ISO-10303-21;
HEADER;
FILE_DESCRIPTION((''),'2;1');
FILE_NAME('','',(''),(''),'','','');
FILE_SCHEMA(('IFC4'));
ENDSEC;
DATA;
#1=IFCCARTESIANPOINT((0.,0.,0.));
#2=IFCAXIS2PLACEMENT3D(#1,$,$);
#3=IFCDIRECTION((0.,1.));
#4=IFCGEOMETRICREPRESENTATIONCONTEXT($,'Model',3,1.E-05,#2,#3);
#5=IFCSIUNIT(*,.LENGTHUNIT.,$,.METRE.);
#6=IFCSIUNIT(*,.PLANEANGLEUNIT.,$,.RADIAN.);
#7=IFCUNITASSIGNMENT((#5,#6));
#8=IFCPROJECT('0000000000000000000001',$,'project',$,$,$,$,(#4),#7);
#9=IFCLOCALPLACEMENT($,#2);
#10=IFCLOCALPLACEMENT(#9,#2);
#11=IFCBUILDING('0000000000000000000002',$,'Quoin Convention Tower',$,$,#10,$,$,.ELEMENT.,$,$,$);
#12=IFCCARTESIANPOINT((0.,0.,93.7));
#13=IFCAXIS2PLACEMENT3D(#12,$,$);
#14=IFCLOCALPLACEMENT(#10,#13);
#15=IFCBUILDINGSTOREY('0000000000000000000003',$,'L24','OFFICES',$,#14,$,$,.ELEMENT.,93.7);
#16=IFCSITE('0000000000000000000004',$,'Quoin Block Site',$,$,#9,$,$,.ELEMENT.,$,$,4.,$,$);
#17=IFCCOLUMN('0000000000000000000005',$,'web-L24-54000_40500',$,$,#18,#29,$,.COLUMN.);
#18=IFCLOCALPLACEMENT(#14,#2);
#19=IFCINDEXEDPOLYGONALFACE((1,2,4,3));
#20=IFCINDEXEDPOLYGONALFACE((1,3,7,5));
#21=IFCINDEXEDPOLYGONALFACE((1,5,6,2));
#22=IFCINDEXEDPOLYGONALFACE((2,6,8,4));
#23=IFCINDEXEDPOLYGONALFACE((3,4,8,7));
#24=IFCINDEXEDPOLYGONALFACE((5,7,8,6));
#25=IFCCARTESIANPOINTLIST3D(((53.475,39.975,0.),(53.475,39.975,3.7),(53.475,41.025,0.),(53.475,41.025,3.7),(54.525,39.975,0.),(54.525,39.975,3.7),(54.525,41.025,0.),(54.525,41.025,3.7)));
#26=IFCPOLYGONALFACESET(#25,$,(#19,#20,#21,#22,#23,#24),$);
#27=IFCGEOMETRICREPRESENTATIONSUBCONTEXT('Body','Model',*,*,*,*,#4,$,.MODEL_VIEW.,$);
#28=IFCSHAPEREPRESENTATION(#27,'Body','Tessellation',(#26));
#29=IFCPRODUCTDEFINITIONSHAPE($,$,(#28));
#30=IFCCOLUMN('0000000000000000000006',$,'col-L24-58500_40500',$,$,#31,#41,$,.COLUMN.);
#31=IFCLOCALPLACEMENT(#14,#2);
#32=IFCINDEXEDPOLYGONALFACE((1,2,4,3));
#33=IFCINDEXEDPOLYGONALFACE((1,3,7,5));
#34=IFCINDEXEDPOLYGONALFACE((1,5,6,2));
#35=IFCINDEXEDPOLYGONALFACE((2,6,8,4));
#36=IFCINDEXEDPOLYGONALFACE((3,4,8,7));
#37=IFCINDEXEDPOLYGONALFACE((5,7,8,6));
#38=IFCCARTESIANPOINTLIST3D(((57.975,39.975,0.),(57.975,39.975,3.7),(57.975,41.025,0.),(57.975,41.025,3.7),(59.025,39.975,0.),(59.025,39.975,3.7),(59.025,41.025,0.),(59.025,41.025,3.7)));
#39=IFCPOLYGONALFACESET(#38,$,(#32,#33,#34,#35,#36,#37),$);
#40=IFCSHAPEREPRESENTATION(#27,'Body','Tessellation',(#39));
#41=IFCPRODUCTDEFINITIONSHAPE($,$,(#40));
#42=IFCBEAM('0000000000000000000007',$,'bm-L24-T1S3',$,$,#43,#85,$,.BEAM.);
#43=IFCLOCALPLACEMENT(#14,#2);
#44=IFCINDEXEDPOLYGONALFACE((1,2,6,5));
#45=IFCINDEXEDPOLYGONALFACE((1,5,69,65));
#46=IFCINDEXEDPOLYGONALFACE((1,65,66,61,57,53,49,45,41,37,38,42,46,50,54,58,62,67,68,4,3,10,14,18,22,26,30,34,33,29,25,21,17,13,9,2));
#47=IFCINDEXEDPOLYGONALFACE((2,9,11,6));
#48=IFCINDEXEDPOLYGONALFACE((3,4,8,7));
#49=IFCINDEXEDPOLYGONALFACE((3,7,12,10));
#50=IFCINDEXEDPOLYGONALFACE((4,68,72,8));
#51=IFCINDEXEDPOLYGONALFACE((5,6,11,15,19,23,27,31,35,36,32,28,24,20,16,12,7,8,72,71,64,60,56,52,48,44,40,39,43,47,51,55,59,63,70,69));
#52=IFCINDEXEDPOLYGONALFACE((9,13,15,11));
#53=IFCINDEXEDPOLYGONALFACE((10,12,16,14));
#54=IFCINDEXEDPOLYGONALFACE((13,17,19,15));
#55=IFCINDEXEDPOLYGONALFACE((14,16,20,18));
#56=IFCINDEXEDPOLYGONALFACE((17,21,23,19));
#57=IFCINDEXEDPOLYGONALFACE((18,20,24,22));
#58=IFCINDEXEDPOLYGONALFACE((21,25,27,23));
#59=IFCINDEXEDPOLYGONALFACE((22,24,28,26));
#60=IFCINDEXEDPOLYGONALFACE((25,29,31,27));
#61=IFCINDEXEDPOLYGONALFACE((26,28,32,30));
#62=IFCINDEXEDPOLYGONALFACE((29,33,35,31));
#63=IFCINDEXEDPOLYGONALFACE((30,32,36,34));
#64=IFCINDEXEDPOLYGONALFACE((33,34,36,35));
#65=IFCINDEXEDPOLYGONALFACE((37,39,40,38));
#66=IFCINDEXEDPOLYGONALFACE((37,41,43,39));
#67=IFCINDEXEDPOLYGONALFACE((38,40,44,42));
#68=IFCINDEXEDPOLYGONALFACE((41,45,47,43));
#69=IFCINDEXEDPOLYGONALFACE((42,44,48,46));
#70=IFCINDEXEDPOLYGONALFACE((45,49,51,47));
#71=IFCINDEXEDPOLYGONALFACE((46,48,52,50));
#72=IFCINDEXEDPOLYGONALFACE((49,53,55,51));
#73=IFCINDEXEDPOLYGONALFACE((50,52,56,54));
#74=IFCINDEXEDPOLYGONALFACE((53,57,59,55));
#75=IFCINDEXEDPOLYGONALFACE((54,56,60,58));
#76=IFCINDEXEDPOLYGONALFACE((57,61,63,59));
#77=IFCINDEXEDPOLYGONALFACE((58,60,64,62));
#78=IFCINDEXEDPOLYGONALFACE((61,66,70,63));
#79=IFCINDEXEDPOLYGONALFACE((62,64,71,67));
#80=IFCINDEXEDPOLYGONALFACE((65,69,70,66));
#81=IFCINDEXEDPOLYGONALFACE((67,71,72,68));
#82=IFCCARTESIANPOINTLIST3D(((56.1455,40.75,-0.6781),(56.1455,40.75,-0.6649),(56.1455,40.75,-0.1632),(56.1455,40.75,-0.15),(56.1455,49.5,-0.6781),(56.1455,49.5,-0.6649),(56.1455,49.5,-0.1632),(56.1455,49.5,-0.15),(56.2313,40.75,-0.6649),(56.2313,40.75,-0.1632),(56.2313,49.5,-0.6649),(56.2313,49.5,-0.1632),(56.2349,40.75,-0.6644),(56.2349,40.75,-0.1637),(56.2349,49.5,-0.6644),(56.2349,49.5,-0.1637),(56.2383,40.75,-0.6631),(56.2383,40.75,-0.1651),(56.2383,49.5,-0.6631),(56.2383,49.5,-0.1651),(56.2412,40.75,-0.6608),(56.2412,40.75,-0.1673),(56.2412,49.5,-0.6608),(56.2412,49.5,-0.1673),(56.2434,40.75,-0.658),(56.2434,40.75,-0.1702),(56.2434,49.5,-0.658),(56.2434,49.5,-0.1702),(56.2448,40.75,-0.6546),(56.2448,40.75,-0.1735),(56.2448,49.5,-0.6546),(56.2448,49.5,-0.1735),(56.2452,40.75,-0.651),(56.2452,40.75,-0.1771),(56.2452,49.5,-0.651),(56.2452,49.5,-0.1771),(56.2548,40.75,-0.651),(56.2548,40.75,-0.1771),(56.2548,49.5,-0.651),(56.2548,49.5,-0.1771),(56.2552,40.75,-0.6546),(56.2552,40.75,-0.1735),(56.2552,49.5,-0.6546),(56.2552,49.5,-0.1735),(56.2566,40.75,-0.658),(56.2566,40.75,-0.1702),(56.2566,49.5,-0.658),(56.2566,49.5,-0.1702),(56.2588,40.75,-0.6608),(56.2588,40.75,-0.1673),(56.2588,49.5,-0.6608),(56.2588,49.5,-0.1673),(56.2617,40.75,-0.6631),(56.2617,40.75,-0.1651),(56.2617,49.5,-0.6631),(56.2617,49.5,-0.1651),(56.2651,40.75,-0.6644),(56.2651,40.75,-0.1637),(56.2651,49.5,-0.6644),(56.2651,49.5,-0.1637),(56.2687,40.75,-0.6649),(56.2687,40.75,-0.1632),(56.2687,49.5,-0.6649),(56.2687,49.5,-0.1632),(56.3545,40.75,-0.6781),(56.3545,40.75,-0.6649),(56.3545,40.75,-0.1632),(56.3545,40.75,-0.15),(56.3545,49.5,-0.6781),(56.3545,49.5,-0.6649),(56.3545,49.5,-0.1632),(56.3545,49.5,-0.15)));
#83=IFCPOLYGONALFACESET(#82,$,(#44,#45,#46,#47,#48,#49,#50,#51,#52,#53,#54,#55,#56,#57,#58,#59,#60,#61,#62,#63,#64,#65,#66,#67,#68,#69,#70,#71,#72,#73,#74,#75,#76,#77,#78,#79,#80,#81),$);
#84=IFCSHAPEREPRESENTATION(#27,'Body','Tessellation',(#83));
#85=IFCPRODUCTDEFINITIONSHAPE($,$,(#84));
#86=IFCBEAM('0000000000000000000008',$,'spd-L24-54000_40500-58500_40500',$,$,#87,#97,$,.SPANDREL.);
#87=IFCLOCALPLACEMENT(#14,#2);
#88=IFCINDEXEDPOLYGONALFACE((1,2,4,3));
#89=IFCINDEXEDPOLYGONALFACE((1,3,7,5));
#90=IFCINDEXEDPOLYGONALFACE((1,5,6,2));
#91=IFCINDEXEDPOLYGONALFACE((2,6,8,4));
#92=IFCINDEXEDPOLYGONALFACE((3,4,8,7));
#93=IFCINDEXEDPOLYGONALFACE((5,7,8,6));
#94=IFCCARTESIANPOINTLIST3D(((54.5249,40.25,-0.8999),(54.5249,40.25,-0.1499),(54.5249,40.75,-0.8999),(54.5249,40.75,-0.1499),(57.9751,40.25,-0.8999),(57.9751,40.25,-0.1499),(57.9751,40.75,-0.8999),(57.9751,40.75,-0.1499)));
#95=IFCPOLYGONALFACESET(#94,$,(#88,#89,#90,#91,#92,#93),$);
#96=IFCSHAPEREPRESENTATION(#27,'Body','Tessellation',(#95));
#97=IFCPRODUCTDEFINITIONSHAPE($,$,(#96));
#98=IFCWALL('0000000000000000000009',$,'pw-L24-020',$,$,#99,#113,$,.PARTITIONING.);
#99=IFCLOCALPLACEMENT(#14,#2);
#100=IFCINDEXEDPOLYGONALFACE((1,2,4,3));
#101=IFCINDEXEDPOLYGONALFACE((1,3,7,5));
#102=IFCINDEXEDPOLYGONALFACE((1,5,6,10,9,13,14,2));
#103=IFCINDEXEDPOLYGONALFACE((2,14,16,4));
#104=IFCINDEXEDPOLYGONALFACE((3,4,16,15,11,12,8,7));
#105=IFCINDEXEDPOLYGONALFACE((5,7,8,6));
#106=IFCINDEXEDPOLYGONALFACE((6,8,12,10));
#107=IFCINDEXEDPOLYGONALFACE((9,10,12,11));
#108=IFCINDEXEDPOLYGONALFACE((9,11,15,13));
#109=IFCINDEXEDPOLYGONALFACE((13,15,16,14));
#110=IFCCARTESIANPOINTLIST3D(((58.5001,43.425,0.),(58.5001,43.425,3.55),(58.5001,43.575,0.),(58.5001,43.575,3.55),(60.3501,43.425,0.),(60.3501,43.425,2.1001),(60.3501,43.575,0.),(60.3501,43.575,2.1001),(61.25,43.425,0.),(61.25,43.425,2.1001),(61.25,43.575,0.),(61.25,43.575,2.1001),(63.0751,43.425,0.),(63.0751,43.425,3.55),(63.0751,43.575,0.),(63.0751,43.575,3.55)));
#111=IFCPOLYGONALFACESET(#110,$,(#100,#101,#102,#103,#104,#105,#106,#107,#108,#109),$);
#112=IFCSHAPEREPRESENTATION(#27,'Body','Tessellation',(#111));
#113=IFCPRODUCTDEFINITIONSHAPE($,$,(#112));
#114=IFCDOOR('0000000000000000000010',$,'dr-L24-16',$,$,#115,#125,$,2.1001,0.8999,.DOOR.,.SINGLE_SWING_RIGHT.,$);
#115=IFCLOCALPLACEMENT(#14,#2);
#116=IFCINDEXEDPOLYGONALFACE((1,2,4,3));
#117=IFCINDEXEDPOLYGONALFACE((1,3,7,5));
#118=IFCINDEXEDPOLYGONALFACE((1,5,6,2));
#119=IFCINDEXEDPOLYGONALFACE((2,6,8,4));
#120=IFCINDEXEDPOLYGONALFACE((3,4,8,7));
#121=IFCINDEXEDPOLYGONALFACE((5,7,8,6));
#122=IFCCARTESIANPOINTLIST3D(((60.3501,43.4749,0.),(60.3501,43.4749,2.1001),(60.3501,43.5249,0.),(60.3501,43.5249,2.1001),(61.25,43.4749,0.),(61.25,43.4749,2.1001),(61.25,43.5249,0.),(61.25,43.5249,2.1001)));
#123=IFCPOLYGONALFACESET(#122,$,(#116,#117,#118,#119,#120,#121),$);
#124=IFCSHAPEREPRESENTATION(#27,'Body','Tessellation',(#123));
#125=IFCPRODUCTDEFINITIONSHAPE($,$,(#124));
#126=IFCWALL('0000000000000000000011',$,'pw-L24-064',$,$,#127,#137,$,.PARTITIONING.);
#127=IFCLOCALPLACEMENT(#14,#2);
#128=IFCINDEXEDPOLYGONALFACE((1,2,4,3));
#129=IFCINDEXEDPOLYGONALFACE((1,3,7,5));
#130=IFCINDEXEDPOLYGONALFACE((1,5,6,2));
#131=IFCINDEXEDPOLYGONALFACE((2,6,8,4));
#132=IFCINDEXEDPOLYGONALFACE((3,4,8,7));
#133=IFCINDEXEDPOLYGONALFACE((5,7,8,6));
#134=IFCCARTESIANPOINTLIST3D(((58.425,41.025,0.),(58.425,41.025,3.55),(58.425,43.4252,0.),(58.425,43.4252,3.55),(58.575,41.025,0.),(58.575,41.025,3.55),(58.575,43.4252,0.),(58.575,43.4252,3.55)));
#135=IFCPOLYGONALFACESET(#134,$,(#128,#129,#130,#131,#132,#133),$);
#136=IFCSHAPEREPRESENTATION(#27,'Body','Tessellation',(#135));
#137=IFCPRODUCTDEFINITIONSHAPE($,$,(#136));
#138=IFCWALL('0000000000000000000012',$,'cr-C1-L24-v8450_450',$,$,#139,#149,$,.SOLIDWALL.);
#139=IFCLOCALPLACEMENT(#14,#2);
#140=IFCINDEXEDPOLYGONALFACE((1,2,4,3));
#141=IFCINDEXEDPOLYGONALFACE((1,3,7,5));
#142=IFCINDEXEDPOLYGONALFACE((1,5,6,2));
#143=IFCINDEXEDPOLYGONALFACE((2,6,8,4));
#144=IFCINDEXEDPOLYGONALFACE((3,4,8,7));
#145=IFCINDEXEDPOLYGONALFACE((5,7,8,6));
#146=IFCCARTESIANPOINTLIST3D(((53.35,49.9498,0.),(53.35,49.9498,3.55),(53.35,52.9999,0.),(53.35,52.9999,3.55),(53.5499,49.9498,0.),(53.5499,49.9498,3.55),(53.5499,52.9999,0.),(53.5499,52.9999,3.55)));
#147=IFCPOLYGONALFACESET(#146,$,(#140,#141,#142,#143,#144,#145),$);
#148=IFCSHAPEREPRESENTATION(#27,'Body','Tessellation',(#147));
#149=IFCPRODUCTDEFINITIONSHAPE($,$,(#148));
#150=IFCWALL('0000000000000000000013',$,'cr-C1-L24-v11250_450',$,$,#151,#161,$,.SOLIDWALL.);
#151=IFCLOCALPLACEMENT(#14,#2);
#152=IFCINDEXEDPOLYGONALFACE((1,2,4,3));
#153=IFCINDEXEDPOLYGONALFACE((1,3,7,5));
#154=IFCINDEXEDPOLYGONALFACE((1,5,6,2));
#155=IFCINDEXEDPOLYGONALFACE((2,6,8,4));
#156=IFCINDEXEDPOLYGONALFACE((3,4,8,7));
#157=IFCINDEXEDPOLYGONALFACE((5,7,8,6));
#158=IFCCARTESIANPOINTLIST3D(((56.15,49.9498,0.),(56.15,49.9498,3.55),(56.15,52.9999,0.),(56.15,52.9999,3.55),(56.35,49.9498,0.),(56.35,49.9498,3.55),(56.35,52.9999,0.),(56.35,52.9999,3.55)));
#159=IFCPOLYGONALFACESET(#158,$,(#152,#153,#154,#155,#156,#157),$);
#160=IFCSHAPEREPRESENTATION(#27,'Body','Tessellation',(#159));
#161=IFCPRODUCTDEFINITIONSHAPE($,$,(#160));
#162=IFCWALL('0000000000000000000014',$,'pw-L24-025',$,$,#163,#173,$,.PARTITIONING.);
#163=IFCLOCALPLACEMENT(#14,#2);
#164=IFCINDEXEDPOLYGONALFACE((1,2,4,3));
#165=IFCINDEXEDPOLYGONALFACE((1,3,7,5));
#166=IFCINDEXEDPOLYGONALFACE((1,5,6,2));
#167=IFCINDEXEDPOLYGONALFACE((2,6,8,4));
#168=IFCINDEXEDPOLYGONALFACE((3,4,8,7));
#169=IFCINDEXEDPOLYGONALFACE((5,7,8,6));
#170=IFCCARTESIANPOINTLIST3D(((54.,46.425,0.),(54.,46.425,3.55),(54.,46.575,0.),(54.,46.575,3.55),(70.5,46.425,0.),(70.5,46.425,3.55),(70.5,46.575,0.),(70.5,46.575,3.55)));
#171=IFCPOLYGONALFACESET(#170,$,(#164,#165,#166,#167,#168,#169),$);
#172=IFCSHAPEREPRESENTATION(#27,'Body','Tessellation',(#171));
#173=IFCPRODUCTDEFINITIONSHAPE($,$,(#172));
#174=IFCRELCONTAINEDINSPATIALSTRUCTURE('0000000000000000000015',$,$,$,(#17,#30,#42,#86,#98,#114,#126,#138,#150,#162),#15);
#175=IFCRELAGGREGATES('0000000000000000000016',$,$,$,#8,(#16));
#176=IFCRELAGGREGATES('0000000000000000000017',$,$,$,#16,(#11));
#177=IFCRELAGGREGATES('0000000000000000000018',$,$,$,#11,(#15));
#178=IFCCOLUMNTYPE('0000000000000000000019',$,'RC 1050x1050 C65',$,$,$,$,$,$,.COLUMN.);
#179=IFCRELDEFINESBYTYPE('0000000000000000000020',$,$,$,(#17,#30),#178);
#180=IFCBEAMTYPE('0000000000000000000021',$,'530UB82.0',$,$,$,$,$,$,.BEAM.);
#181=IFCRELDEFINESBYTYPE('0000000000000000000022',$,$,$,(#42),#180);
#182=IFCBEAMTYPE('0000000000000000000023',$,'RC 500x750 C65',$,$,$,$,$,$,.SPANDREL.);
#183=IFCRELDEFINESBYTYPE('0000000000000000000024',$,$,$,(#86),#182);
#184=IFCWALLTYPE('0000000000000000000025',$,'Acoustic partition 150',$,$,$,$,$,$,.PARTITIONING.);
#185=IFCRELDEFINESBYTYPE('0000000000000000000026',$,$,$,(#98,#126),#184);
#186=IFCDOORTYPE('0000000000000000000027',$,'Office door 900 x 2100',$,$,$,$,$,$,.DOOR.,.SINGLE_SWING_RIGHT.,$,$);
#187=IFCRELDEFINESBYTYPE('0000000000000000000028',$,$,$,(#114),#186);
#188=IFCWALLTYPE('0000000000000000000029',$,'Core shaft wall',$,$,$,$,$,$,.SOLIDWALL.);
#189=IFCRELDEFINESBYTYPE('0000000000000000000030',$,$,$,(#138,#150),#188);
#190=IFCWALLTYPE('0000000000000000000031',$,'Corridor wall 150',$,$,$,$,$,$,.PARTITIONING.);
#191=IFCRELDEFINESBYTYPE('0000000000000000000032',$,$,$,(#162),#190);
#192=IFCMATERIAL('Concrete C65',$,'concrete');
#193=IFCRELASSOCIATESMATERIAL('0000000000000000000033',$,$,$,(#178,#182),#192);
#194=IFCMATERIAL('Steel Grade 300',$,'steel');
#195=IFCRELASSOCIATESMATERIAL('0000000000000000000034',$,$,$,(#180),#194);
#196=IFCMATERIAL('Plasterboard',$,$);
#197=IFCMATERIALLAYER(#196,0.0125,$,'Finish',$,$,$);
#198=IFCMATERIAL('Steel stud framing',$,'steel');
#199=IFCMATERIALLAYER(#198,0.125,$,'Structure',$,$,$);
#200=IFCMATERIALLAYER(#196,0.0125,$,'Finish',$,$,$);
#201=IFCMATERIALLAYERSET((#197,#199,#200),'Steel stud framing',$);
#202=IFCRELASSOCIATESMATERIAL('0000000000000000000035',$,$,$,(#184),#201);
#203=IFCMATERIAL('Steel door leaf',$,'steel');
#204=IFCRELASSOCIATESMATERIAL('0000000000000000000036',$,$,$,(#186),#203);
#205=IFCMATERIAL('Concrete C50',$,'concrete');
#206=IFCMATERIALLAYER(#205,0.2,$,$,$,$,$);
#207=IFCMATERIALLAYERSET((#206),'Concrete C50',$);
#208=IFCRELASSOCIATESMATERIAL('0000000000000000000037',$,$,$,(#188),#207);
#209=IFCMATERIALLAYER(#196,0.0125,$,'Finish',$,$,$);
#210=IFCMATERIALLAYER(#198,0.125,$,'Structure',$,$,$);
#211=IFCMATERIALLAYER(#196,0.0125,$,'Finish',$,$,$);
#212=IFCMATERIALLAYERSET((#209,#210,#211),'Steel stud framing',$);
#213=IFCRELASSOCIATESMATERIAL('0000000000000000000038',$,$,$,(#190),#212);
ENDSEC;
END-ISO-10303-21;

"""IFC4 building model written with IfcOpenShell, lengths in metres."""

from ifc_helpers import new_model, si_unit, direction, frame, frame_2d, origin, origin_2d, place, context, subcontext, project, spatial, rectangle, i_section, extrude, material, layer, layer_set, material_profile, profile_set, type_object, element, fill, save


model = new_model("IFC4")

# Units and contexts
model_context = context("Model", 3, precision=1e-05, world=origin(), true_north=direction((0.0, 1.0)))
body_context = subcontext(model_context, "Body", "Model", "MODEL_VIEW")
ifc_project = project(units=[si_unit("LENGTHUNIT", "METRE"), si_unit("PLANEANGLEUNIT", "RADIAN")], contexts=[model_context])

# Site, building, storey
site_placement = place(None, origin())
site = spatial("IfcSite", under=ifc_project, at=site_placement, Name="Quoin Block Site", CompositionType="ELEMENT", RefElevation=4.0)
building_placement = place(site_placement, origin())
building = spatial("IfcBuilding", under=site, at=building_placement, Name="Quoin Convention Tower", CompositionType="ELEMENT")
storey_placement = place(building_placement, frame((0.0, 0.0, 93.7)))
storey = spatial("IfcBuildingStorey", under=building, at=storey_placement, Name="L24", Description="OFFICES", CompositionType="ELEMENT", Elevation=93.7)

# Columns
ifc_material_1 = material(Name="Concrete C65", Category="concrete")
ifc_material_profile_1 = material_profile(ifc_material_1, rectangle(XDim=1.05, YDim=1.05, at=origin_2d()), Name="RC 1050x1050")
ifc_profile_set_1 = profile_set([ifc_material_profile_1], Name="Concrete C65")
column_type = type_object("IfcColumnType", Name="RC 1050x1050 C65", PredefinedType="COLUMN", material=ifc_profile_set_1)
for number, where, z_axis, x_axis, name in (
    (1, (54.0, 40.5, 0.0), (0.0, 0.0, 1.0), (1.0, 0.0, 0.0), "web-L24-54000_40500"),
    (2, (58.5, 40.5, 0.0), (0.0, 0.0, 1.0), (1.0, 0.0, 0.0), "col-L24-58500_40500"),
):
    element("IfcColumn", number, at=place(storey_placement, frame(where, z_axis=z_axis, x_axis=x_axis)), inside=storey, type_object=column_type, Name=name, PredefinedType="COLUMN", context=body_context, shape_type="SweptSolid", body=[
        extrude(rectangle(XDim=1.05, YDim=1.05, at=origin_2d()), origin(), (0.0, 0.0, 1.0), 3.7),
    ])

# Beams
ifc_material_2 = material(Name="Steel Grade 300", Category="steel")
ifc_material_profile_2 = material_profile(ifc_material_2, i_section(OverallWidth=0.209, OverallDepth=0.5281, WebThickness=0.0095, FlangeThickness=0.0132, FilletRadius=0.0139, at=origin_2d()), Name="530UB82.0")
ifc_profile_set_2 = profile_set([ifc_material_profile_2], Name="Steel Grade 300")
beam_type_1 = type_object("IfcBeamType", Name="530UB82.0", PredefinedType="BEAM", material=ifc_profile_set_2)
beam_1_placement = place(storey_placement, frame((56.25, 40.75, -0.4141), z_axis=(0.0, 1.0, 0.0), x_axis=(-1.0, 0.0, 0.0)))
element("IfcBeam", 3, at=beam_1_placement, inside=storey, type_object=beam_type_1, Name="bm-L24-T1S3", PredefinedType="BEAM", context=body_context, shape_type="SweptSolid", body=[
    extrude(i_section(OverallWidth=0.209, OverallDepth=0.5281, WebThickness=0.0095, FlangeThickness=0.0132, FilletRadius=0.0139, at=origin_2d()), origin(), (0.0, 0.0, 1.0), 8.75),
])
ifc_material_profile_3 = material_profile(ifc_material_1, rectangle(XDim=0.5, YDim=0.75, at=origin_2d()), Name="RC 500x750")
ifc_profile_set_3 = profile_set([ifc_material_profile_3], Name="Concrete C65")
beam_type_2 = type_object("IfcBeamType", Name="RC 500x750 C65", PredefinedType="SPANDREL", material=ifc_profile_set_3)
beam_2_placement = place(storey_placement, frame((54.5249, 40.5, -0.5249), z_axis=(1.0, 0.0, 0.0), x_axis=(0.0, 1.0, 0.0)))
element("IfcBeam", 4, at=beam_2_placement, inside=storey, type_object=beam_type_2, Name="spd-L24-54000_40500-58500_40500", PredefinedType="SPANDREL", context=body_context, shape_type="SweptSolid", body=[
    extrude(rectangle(XDim=0.5, YDim=0.75, at=origin_2d()), origin(), (0.0, 0.0, 1.0), 3.4502),
])

# Wall, opening, door
ifc_material_3 = material(Name="Plasterboard")
ifc_layer_1 = layer(ifc_material_3, 0.0125, Name="Finish")
ifc_material_4 = material(Name="Steel stud framing", Category="steel")
ifc_layer_2 = layer(ifc_material_4, 0.125, Name="Structure")
ifc_layer_3 = layer(ifc_material_3, 0.0125, Name="Finish")
ifc_layer_set_1 = layer_set([ifc_layer_1, ifc_layer_2, ifc_layer_3], Name="Steel stud framing")
wall_type_1 = type_object("IfcWallType", Name="Acoustic partition 150", PredefinedType="PARTITIONING", material=ifc_layer_set_1)
wall_1_placement = place(storey_placement, frame((58.5, 43.5, 0.0), z_axis=(0.0, 0.0, 1.0), x_axis=(1.0, 0.0, 0.0)))
wall_1 = element("IfcWall", 5, at=wall_1_placement, inside=storey, type_object=wall_type_1, Name="pw-L24-020", PredefinedType="PARTITIONING", context=body_context, shape_type="SweptSolid", body=[
    extrude(rectangle(XDim=4.575, YDim=0.1499, at=frame_2d((2.2876, 0.0))), origin(), (0.0, 0.0, 1.0), 3.55),
])
opening_1_placement = place(wall_1_placement, frame((1.8501, 0.0, 0.0)))
opening_1 = element("IfcOpeningElement", 6, at=opening_1_placement, cuts=wall_1, PredefinedType="OPENING", context=body_context, shape_type="SweptSolid", body=[
    extrude(rectangle(XDim=0.8999, YDim=2.1001, at=frame_2d((0.45, 1.05))), frame((0.0, 0.085, 0.0), z_axis=(0.0, -1.0, 0.0), x_axis=(1.0, 0.0, 0.0)), (0.0, 0.0, 1.0), 0.1699),
])
ifc_material_5 = material(Name="Steel door leaf", Category="steel")
door_type = type_object("IfcDoorType", Name="Office door 900 x 2100", OperationType="SINGLE_SWING_RIGHT", PredefinedType="DOOR", material=ifc_material_5)
door_1_placement = place(opening_1_placement, origin())
door_1 = element("IfcDoor", 7, at=door_1_placement, inside=storey, type_object=door_type, Name="dr-L24-16", OperationType="SINGLE_SWING_RIGHT", OverallHeight=2.1001, OverallWidth=0.8999, PredefinedType="DOOR", context=body_context, shape_type="SweptSolid", body=[
    extrude(rectangle(XDim=0.8999, YDim=2.1001, at=frame_2d((0.45, 1.05))), frame((0.0, 0.0249, 0.0), z_axis=(0.0, -1.0, 0.0), x_axis=(1.0, 0.0, 0.0)), (0.0, 0.0, 1.0), 0.05),
])
fill(opening_1, door_1)

# Walls
wall_2_placement = place(storey_placement, frame((58.5, 41.0249, 0.0), z_axis=(0.0, 0.0, 1.0), x_axis=(0.0, 1.0, 0.0)))
element("IfcWall", 8, at=wall_2_placement, inside=storey, type_object=wall_type_1, Name="pw-L24-064", PredefinedType="PARTITIONING", context=body_context, shape_type="SweptSolid", body=[
    extrude(rectangle(XDim=2.4001, YDim=0.1499, at=frame_2d((1.2002, 0.0))), origin(), (0.0, 0.0, 1.0), 3.55),
])
ifc_material_6 = material(Name="Concrete C50", Category="concrete")
ifc_layer_4 = layer(ifc_material_6, 0.2)
ifc_layer_set_2 = layer_set([ifc_layer_4], Name="Concrete C50")
wall_type_2 = type_object("IfcWallType", Name="Core shaft wall", PredefinedType="SOLIDWALL", material=ifc_layer_set_2)
for number, where, z_axis, x_axis, name in (
    (9, (53.45, 49.95, 0.0), (0.0, 0.0, 1.0), (0.0, 1.0, 0.0), "cr-C1-L24-v8450_450"),
    (10, (56.25, 49.95, 0.0), (0.0, 0.0, 1.0), (0.0, 1.0, 0.0), "cr-C1-L24-v11250_450"),
):
    element("IfcWall", number, at=place(storey_placement, frame(where, z_axis=z_axis, x_axis=x_axis)), inside=storey, type_object=wall_type_2, Name=name, PredefinedType="SOLIDWALL", context=body_context, shape_type="SweptSolid", body=[
        extrude(rectangle(XDim=3.05, YDim=0.2, at=frame_2d((1.5249, 0.0))), origin(), (0.0, 0.0, 1.0), 3.55),
    ])
ifc_layer_5 = layer(ifc_material_3, 0.0125, Name="Finish")
ifc_layer_6 = layer(ifc_material_4, 0.125, Name="Structure")
ifc_layer_7 = layer(ifc_material_3, 0.0125, Name="Finish")
ifc_layer_set_3 = layer_set([ifc_layer_5, ifc_layer_6, ifc_layer_7], Name="Steel stud framing")
wall_type_3 = type_object("IfcWallType", Name="Corridor wall 150", PredefinedType="PARTITIONING", material=ifc_layer_set_3)
wall_3_placement = place(storey_placement, frame((54.0, 46.5, 0.0), z_axis=(0.0, 0.0, 1.0), x_axis=(1.0, 0.0, 0.0)))
element("IfcWall", 11, at=wall_3_placement, inside=storey, type_object=wall_type_3, Name="pw-L24-025", PredefinedType="PARTITIONING", context=body_context, shape_type="SweptSolid", body=[
    extrude(rectangle(XDim=16.5, YDim=0.1499, at=frame_2d((8.25, 0.0))), origin(), (0.0, 0.0, 1.0), 3.55),
])

save(model, "model.ifc")
